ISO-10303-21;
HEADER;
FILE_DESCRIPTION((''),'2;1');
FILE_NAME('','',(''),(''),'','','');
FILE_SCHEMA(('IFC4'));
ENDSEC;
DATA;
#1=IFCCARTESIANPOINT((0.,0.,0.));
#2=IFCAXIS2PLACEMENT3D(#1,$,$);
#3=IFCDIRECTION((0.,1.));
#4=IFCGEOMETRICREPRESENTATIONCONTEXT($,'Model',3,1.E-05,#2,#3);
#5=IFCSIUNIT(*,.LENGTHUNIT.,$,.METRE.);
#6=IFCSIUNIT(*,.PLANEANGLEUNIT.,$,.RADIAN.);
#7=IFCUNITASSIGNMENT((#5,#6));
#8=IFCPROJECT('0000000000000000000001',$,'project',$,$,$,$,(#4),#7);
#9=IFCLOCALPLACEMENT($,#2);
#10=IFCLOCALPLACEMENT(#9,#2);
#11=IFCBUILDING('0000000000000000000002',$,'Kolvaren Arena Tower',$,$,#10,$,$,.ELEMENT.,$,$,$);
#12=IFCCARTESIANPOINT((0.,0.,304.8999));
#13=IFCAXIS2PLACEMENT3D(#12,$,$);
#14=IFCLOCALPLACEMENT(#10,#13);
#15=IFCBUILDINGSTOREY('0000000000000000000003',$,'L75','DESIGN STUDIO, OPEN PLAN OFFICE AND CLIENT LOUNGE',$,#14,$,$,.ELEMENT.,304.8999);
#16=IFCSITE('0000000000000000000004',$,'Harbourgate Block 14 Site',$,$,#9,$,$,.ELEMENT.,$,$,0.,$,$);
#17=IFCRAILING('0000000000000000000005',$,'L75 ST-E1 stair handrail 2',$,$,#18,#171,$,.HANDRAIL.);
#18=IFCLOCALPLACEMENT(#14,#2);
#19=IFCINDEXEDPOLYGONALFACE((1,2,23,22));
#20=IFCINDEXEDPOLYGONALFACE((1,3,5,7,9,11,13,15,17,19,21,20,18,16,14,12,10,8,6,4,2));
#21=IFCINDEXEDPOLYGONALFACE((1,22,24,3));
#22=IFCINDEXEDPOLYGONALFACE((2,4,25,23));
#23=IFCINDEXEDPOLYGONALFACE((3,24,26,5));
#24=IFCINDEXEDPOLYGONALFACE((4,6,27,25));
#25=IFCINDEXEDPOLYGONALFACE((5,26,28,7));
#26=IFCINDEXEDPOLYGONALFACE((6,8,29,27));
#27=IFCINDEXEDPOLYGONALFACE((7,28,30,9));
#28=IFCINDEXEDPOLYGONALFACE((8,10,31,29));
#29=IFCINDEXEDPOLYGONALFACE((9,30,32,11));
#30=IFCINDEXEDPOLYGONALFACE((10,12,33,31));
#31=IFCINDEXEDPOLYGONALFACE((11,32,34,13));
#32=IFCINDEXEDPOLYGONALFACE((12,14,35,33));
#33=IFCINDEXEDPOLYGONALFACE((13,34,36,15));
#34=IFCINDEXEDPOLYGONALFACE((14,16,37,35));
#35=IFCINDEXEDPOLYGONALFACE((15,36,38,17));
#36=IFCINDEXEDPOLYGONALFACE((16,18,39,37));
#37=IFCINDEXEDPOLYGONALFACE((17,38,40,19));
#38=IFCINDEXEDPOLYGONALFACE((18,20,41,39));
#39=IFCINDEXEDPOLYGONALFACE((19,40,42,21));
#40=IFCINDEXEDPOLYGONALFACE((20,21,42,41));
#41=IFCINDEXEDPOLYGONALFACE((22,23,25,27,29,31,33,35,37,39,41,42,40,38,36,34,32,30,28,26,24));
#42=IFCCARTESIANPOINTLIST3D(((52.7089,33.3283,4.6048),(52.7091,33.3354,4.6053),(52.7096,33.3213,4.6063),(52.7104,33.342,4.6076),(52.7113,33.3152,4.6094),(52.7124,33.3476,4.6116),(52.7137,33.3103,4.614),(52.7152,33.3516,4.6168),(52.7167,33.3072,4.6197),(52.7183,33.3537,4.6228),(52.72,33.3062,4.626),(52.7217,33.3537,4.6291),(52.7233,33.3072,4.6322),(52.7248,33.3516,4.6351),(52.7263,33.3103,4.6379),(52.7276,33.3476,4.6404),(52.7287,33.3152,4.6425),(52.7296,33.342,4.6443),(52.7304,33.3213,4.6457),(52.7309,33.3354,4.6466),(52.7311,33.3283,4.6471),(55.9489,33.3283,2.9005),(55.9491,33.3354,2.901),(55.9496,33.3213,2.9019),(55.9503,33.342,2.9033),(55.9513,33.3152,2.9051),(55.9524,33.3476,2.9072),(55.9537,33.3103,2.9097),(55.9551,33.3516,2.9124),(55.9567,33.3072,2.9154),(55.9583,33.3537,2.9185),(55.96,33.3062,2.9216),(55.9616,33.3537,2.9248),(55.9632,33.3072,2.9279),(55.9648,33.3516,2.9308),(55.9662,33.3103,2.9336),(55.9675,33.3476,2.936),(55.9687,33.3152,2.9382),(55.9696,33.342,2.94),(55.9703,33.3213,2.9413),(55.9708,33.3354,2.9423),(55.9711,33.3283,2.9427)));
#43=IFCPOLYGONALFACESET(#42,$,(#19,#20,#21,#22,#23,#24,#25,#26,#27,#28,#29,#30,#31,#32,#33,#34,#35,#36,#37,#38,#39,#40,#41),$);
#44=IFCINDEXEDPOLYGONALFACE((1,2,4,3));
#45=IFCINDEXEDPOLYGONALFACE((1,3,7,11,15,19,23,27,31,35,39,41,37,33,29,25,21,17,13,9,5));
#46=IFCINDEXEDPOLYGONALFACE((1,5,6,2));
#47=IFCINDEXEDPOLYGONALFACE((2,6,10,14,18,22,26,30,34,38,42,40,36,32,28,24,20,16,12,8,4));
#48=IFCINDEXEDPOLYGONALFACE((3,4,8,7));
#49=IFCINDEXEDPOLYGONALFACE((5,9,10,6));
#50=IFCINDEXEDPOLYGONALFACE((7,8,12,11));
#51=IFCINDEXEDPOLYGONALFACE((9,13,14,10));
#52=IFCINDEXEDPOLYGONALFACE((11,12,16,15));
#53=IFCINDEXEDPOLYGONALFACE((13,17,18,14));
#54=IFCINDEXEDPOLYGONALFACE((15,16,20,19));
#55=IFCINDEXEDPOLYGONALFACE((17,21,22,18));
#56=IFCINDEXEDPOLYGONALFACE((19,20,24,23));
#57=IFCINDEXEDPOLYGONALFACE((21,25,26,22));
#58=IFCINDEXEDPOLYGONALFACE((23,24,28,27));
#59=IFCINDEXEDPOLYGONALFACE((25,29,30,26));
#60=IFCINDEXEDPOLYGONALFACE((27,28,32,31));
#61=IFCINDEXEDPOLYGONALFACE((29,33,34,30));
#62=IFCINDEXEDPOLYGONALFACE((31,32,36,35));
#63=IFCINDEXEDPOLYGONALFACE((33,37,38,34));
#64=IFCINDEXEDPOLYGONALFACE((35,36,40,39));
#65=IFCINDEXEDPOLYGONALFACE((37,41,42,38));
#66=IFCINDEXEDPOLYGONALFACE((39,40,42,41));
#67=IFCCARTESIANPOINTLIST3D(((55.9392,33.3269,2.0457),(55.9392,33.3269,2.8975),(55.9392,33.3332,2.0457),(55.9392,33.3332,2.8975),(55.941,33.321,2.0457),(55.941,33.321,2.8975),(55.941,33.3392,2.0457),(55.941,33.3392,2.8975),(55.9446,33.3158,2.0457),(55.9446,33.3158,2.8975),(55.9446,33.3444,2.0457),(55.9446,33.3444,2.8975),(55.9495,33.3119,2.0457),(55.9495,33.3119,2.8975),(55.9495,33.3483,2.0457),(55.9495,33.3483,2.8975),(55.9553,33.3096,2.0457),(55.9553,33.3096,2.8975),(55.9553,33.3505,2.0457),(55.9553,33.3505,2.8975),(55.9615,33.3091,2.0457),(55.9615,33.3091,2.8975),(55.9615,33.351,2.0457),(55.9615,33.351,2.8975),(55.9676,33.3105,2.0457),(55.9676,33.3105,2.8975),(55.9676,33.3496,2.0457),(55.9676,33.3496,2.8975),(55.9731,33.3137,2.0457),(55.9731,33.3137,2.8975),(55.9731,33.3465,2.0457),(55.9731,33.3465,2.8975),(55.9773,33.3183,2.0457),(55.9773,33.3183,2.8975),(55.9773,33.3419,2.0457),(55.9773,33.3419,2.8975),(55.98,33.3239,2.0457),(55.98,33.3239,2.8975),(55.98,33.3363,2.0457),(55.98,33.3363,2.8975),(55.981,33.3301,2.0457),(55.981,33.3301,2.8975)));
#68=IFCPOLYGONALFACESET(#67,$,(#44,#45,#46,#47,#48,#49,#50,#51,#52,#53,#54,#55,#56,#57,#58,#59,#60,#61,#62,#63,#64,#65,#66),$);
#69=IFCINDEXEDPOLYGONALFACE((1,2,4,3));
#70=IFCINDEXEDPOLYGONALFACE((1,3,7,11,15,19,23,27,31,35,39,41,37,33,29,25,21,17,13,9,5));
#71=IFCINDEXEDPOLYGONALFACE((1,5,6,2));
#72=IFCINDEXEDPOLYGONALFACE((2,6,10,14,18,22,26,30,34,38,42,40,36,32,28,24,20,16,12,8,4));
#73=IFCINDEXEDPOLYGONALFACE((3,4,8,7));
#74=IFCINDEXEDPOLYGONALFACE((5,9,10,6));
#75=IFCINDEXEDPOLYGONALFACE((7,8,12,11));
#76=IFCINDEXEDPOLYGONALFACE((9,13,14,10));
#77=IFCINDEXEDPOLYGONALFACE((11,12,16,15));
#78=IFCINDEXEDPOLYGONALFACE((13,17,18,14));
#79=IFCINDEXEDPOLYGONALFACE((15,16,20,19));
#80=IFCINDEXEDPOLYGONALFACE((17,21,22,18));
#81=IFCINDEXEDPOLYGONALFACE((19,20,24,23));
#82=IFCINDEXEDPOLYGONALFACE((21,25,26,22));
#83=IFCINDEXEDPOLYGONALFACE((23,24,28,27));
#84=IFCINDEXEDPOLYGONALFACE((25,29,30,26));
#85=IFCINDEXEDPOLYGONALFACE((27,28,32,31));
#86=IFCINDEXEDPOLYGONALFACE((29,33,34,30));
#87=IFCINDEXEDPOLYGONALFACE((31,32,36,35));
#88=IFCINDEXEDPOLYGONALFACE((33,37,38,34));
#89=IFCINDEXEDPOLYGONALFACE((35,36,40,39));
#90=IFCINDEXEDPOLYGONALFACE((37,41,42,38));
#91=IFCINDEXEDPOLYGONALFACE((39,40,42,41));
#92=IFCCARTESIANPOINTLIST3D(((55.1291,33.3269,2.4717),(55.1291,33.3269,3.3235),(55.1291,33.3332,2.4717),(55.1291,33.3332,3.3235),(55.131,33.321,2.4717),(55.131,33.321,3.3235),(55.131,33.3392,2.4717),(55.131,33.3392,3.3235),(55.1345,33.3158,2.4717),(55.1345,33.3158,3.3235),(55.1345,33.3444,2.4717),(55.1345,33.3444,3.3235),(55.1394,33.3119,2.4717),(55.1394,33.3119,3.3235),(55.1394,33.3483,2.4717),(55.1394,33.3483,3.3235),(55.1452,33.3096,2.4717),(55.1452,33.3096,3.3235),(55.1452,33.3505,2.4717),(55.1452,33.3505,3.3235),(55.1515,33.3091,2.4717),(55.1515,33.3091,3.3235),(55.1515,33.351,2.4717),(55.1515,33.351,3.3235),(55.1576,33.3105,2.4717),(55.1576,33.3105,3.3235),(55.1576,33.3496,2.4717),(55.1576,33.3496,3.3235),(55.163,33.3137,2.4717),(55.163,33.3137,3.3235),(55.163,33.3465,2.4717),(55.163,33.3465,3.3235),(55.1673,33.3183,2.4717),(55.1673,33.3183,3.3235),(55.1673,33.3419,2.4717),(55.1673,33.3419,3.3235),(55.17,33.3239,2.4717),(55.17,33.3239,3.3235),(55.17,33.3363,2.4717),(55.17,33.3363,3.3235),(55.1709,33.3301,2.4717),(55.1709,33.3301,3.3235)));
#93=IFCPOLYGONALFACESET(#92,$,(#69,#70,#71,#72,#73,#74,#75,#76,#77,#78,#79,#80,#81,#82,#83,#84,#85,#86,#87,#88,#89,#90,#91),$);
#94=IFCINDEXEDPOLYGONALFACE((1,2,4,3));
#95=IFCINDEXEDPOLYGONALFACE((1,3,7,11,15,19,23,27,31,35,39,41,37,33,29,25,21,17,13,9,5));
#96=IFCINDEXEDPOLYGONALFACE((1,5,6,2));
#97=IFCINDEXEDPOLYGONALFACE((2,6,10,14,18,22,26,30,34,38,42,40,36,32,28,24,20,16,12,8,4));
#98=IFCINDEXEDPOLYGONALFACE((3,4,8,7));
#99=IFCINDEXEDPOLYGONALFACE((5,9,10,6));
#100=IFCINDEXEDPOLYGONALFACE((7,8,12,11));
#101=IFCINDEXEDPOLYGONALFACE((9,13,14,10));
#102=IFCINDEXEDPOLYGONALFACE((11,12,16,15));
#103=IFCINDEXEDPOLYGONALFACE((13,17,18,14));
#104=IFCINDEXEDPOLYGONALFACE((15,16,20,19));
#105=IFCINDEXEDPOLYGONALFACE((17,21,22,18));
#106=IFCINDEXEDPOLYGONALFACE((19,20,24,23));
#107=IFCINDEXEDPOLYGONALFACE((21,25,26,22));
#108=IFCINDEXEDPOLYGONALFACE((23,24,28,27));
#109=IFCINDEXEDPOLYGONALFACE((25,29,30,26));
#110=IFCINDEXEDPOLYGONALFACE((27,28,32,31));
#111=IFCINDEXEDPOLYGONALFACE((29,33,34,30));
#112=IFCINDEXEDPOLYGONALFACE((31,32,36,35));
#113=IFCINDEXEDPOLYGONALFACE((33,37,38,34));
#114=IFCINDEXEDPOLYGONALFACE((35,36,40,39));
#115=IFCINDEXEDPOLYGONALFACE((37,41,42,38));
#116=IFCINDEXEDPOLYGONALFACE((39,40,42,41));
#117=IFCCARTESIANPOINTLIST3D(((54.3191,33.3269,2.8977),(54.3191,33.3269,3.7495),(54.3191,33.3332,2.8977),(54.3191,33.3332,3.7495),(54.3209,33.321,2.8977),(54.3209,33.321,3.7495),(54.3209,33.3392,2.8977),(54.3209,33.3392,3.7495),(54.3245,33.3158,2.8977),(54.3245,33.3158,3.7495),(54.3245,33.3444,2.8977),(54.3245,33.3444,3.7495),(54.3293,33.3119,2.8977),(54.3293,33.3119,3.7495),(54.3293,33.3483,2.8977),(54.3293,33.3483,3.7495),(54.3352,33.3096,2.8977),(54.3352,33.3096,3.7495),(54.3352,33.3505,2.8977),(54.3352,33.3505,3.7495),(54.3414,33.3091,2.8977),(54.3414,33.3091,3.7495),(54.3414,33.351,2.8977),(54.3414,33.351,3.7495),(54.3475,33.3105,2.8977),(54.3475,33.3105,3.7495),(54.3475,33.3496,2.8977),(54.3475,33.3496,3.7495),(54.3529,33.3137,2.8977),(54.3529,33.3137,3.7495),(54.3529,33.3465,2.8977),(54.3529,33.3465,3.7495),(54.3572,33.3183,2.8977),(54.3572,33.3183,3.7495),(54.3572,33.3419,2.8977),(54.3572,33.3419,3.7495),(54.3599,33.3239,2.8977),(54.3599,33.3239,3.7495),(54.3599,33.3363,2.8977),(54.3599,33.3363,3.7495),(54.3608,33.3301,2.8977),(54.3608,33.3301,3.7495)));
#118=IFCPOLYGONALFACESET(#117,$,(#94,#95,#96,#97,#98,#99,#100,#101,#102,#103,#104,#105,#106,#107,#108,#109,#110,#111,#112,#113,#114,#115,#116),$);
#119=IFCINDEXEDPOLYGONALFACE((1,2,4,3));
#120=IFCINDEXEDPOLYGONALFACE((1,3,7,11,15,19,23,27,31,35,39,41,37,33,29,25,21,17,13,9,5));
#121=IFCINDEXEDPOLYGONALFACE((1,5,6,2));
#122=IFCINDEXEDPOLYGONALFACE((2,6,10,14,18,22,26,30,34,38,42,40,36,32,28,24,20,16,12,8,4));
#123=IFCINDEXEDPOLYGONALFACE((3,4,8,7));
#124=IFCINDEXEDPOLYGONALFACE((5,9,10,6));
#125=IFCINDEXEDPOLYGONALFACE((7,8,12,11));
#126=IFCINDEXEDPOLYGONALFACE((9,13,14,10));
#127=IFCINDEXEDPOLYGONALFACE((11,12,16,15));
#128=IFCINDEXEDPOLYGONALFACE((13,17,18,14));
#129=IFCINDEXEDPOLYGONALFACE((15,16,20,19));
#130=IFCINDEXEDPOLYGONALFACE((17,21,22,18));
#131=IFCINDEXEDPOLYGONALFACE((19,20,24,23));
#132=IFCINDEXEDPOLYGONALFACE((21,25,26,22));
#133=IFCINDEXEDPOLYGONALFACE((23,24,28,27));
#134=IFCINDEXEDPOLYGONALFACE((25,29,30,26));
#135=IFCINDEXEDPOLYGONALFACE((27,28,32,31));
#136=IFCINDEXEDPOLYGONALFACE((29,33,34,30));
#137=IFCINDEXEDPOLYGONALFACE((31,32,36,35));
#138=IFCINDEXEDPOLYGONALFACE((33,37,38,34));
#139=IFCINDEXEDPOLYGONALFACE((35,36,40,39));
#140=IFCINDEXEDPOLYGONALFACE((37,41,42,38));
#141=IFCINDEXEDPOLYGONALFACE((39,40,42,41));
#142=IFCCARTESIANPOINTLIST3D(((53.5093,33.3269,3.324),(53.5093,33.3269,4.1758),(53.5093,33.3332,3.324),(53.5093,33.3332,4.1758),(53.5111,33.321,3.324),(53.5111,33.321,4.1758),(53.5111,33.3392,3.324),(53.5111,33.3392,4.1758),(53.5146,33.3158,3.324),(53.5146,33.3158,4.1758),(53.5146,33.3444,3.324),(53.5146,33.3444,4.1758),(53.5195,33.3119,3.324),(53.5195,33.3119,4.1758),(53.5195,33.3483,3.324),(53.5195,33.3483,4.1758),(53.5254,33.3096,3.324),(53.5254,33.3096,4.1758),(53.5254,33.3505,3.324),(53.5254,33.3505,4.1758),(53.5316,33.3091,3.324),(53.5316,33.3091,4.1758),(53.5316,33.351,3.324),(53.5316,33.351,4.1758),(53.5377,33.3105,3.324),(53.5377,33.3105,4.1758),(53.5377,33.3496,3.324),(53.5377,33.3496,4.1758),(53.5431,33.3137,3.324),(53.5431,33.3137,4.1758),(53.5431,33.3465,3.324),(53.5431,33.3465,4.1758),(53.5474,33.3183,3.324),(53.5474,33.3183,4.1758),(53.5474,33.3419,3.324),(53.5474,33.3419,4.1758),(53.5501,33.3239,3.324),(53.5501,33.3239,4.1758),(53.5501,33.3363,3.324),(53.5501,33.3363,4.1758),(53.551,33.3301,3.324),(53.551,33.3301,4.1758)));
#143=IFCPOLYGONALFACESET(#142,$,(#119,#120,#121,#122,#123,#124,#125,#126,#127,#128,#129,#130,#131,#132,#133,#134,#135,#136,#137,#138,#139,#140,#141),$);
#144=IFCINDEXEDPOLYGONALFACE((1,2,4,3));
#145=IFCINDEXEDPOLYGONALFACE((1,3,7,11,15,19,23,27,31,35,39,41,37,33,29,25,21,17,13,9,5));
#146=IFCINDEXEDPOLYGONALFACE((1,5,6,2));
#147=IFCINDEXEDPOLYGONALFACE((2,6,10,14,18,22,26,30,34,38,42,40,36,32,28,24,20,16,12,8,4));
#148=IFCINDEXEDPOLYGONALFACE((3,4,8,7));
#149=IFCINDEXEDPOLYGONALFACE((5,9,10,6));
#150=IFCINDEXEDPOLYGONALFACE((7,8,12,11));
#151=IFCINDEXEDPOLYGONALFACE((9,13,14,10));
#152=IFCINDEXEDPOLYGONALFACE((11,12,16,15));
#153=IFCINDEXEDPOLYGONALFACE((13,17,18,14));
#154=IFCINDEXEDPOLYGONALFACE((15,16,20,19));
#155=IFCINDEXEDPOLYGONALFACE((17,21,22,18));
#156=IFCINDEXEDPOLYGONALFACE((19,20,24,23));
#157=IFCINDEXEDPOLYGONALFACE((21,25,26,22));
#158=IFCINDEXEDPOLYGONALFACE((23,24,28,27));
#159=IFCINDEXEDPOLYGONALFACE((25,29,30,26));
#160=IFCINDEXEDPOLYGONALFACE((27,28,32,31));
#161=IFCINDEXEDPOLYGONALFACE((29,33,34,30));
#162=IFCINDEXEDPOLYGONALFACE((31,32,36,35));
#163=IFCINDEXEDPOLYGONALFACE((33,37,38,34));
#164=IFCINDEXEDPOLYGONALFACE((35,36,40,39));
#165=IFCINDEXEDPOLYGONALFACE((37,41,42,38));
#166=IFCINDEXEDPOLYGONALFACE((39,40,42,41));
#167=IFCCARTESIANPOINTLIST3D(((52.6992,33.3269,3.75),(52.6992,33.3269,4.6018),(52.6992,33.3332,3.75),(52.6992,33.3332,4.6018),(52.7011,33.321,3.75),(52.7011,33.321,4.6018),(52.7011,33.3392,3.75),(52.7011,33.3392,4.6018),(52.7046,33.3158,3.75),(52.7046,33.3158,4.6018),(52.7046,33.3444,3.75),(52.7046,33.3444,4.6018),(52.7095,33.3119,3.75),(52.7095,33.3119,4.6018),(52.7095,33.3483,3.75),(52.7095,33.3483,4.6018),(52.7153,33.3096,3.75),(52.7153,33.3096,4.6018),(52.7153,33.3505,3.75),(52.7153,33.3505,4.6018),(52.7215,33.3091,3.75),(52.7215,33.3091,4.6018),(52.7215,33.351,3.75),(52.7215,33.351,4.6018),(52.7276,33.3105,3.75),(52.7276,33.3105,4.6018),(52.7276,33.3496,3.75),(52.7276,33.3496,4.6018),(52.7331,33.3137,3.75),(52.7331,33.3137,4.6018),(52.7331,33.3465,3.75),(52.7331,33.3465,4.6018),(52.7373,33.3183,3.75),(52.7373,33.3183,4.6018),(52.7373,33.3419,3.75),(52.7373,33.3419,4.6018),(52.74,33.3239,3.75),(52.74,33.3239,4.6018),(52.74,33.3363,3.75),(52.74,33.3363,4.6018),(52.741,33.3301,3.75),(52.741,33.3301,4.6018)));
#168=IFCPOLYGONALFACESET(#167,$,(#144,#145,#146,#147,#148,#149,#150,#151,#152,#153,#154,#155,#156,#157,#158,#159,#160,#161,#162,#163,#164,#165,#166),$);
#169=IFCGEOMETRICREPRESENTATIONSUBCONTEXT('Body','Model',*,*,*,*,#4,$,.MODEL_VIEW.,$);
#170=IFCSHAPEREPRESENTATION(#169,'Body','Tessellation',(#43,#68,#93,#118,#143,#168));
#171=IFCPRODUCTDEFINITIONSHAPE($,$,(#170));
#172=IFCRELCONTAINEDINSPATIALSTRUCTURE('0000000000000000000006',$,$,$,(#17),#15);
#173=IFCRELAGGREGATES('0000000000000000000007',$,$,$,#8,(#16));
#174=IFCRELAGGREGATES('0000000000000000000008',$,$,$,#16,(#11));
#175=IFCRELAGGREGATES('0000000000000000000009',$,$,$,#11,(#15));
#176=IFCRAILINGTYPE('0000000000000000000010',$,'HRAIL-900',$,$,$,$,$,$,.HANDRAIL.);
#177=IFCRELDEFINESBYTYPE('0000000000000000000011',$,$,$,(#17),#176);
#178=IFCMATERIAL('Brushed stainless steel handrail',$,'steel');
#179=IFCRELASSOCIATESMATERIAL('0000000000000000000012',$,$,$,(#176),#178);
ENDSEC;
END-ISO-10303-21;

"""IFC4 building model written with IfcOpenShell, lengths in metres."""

from ifc_helpers import new_model, si_unit, direction, frame, origin, origin_2d, place, context, subcontext, project, spatial, circle, extrude, material, type_object, element, save


model = new_model("IFC4")

# Units and contexts
model_context = context("Model", 3, precision=1e-05, world=origin(), true_north=direction((0.0, 1.0)))
body_context = subcontext(model_context, "Body", "Model", "MODEL_VIEW")
ifc_project = project(units=[si_unit("LENGTHUNIT", "METRE"), si_unit("PLANEANGLEUNIT", "RADIAN")], contexts=[model_context])

# Site, building, storey
site_placement = place(None, origin())
site = spatial("IfcSite", under=ifc_project, at=site_placement, Name="Harbourgate Block 14 Site", CompositionType="ELEMENT", RefElevation=0.0)
building_placement = place(site_placement, origin())
building = spatial("IfcBuilding", under=site, at=building_placement, Name="Kolvaren Arena Tower", CompositionType="ELEMENT")
storey_placement = place(building_placement, frame((0.0, 0.0, 304.8999)))
storey = spatial("IfcBuildingStorey", under=building, at=storey_placement, Name="L75", Description="DESIGN STUDIO, OPEN PLAN OFFICE AND CLIENT LOUNGE", CompositionType="ELEMENT", Elevation=304.8999)

# Railing
ifc_material_1 = material(Name="Brushed stainless steel handrail", Category="steel")
railing_type_1 = type_object("IfcRailingType", Name="HRAIL-900", PredefinedType="HANDRAIL", material=ifc_material_1)
for number, where, name in (
    (1, (55.96, 33.3301, 2.0457), "L75 ST-E1 stair handrail 2"),
):
    element("IfcRailing", number, at=place(storey_placement, frame(where)), inside=storey, type_object=railing_type_1, Name=name, PredefinedType="HANDRAIL", context=body_context, shape_type="SweptSolid", body=[
        extrude(circle(Radius=0.0239, at=origin_2d()), frame((0.0, 0.0, 0.876), z_axis=(-0.885021, 0.0, 0.465551), x_axis=(0.0, -1.0, 0.0)), (0.0, 0.0, 1.0), 3.6609),
        extrude(circle(Radius=0.021, at=origin_2d()), origin(), (0.0, 0.0, 1.0), 0.8518),
        extrude(circle(Radius=0.021, at=origin_2d()), frame((-0.8101, 0.0, 0.426)), (0.0, 0.0, 1.0), 0.8518),
        extrude(circle(Radius=0.021, at=origin_2d()), frame((-1.6201, 0.0, 0.8521)), (0.0, 0.0, 1.0), 0.8518),
        extrude(circle(Radius=0.021, at=origin_2d()), frame((-2.4299, 0.0, 1.2783)), (0.0, 0.0, 1.0), 0.8518),
        extrude(circle(Radius=0.021, at=origin_2d()), frame((-3.24, 0.0, 1.7043)), (0.0, 0.0, 1.0), 0.8518),
    ])

save(model, "model.ifc")
